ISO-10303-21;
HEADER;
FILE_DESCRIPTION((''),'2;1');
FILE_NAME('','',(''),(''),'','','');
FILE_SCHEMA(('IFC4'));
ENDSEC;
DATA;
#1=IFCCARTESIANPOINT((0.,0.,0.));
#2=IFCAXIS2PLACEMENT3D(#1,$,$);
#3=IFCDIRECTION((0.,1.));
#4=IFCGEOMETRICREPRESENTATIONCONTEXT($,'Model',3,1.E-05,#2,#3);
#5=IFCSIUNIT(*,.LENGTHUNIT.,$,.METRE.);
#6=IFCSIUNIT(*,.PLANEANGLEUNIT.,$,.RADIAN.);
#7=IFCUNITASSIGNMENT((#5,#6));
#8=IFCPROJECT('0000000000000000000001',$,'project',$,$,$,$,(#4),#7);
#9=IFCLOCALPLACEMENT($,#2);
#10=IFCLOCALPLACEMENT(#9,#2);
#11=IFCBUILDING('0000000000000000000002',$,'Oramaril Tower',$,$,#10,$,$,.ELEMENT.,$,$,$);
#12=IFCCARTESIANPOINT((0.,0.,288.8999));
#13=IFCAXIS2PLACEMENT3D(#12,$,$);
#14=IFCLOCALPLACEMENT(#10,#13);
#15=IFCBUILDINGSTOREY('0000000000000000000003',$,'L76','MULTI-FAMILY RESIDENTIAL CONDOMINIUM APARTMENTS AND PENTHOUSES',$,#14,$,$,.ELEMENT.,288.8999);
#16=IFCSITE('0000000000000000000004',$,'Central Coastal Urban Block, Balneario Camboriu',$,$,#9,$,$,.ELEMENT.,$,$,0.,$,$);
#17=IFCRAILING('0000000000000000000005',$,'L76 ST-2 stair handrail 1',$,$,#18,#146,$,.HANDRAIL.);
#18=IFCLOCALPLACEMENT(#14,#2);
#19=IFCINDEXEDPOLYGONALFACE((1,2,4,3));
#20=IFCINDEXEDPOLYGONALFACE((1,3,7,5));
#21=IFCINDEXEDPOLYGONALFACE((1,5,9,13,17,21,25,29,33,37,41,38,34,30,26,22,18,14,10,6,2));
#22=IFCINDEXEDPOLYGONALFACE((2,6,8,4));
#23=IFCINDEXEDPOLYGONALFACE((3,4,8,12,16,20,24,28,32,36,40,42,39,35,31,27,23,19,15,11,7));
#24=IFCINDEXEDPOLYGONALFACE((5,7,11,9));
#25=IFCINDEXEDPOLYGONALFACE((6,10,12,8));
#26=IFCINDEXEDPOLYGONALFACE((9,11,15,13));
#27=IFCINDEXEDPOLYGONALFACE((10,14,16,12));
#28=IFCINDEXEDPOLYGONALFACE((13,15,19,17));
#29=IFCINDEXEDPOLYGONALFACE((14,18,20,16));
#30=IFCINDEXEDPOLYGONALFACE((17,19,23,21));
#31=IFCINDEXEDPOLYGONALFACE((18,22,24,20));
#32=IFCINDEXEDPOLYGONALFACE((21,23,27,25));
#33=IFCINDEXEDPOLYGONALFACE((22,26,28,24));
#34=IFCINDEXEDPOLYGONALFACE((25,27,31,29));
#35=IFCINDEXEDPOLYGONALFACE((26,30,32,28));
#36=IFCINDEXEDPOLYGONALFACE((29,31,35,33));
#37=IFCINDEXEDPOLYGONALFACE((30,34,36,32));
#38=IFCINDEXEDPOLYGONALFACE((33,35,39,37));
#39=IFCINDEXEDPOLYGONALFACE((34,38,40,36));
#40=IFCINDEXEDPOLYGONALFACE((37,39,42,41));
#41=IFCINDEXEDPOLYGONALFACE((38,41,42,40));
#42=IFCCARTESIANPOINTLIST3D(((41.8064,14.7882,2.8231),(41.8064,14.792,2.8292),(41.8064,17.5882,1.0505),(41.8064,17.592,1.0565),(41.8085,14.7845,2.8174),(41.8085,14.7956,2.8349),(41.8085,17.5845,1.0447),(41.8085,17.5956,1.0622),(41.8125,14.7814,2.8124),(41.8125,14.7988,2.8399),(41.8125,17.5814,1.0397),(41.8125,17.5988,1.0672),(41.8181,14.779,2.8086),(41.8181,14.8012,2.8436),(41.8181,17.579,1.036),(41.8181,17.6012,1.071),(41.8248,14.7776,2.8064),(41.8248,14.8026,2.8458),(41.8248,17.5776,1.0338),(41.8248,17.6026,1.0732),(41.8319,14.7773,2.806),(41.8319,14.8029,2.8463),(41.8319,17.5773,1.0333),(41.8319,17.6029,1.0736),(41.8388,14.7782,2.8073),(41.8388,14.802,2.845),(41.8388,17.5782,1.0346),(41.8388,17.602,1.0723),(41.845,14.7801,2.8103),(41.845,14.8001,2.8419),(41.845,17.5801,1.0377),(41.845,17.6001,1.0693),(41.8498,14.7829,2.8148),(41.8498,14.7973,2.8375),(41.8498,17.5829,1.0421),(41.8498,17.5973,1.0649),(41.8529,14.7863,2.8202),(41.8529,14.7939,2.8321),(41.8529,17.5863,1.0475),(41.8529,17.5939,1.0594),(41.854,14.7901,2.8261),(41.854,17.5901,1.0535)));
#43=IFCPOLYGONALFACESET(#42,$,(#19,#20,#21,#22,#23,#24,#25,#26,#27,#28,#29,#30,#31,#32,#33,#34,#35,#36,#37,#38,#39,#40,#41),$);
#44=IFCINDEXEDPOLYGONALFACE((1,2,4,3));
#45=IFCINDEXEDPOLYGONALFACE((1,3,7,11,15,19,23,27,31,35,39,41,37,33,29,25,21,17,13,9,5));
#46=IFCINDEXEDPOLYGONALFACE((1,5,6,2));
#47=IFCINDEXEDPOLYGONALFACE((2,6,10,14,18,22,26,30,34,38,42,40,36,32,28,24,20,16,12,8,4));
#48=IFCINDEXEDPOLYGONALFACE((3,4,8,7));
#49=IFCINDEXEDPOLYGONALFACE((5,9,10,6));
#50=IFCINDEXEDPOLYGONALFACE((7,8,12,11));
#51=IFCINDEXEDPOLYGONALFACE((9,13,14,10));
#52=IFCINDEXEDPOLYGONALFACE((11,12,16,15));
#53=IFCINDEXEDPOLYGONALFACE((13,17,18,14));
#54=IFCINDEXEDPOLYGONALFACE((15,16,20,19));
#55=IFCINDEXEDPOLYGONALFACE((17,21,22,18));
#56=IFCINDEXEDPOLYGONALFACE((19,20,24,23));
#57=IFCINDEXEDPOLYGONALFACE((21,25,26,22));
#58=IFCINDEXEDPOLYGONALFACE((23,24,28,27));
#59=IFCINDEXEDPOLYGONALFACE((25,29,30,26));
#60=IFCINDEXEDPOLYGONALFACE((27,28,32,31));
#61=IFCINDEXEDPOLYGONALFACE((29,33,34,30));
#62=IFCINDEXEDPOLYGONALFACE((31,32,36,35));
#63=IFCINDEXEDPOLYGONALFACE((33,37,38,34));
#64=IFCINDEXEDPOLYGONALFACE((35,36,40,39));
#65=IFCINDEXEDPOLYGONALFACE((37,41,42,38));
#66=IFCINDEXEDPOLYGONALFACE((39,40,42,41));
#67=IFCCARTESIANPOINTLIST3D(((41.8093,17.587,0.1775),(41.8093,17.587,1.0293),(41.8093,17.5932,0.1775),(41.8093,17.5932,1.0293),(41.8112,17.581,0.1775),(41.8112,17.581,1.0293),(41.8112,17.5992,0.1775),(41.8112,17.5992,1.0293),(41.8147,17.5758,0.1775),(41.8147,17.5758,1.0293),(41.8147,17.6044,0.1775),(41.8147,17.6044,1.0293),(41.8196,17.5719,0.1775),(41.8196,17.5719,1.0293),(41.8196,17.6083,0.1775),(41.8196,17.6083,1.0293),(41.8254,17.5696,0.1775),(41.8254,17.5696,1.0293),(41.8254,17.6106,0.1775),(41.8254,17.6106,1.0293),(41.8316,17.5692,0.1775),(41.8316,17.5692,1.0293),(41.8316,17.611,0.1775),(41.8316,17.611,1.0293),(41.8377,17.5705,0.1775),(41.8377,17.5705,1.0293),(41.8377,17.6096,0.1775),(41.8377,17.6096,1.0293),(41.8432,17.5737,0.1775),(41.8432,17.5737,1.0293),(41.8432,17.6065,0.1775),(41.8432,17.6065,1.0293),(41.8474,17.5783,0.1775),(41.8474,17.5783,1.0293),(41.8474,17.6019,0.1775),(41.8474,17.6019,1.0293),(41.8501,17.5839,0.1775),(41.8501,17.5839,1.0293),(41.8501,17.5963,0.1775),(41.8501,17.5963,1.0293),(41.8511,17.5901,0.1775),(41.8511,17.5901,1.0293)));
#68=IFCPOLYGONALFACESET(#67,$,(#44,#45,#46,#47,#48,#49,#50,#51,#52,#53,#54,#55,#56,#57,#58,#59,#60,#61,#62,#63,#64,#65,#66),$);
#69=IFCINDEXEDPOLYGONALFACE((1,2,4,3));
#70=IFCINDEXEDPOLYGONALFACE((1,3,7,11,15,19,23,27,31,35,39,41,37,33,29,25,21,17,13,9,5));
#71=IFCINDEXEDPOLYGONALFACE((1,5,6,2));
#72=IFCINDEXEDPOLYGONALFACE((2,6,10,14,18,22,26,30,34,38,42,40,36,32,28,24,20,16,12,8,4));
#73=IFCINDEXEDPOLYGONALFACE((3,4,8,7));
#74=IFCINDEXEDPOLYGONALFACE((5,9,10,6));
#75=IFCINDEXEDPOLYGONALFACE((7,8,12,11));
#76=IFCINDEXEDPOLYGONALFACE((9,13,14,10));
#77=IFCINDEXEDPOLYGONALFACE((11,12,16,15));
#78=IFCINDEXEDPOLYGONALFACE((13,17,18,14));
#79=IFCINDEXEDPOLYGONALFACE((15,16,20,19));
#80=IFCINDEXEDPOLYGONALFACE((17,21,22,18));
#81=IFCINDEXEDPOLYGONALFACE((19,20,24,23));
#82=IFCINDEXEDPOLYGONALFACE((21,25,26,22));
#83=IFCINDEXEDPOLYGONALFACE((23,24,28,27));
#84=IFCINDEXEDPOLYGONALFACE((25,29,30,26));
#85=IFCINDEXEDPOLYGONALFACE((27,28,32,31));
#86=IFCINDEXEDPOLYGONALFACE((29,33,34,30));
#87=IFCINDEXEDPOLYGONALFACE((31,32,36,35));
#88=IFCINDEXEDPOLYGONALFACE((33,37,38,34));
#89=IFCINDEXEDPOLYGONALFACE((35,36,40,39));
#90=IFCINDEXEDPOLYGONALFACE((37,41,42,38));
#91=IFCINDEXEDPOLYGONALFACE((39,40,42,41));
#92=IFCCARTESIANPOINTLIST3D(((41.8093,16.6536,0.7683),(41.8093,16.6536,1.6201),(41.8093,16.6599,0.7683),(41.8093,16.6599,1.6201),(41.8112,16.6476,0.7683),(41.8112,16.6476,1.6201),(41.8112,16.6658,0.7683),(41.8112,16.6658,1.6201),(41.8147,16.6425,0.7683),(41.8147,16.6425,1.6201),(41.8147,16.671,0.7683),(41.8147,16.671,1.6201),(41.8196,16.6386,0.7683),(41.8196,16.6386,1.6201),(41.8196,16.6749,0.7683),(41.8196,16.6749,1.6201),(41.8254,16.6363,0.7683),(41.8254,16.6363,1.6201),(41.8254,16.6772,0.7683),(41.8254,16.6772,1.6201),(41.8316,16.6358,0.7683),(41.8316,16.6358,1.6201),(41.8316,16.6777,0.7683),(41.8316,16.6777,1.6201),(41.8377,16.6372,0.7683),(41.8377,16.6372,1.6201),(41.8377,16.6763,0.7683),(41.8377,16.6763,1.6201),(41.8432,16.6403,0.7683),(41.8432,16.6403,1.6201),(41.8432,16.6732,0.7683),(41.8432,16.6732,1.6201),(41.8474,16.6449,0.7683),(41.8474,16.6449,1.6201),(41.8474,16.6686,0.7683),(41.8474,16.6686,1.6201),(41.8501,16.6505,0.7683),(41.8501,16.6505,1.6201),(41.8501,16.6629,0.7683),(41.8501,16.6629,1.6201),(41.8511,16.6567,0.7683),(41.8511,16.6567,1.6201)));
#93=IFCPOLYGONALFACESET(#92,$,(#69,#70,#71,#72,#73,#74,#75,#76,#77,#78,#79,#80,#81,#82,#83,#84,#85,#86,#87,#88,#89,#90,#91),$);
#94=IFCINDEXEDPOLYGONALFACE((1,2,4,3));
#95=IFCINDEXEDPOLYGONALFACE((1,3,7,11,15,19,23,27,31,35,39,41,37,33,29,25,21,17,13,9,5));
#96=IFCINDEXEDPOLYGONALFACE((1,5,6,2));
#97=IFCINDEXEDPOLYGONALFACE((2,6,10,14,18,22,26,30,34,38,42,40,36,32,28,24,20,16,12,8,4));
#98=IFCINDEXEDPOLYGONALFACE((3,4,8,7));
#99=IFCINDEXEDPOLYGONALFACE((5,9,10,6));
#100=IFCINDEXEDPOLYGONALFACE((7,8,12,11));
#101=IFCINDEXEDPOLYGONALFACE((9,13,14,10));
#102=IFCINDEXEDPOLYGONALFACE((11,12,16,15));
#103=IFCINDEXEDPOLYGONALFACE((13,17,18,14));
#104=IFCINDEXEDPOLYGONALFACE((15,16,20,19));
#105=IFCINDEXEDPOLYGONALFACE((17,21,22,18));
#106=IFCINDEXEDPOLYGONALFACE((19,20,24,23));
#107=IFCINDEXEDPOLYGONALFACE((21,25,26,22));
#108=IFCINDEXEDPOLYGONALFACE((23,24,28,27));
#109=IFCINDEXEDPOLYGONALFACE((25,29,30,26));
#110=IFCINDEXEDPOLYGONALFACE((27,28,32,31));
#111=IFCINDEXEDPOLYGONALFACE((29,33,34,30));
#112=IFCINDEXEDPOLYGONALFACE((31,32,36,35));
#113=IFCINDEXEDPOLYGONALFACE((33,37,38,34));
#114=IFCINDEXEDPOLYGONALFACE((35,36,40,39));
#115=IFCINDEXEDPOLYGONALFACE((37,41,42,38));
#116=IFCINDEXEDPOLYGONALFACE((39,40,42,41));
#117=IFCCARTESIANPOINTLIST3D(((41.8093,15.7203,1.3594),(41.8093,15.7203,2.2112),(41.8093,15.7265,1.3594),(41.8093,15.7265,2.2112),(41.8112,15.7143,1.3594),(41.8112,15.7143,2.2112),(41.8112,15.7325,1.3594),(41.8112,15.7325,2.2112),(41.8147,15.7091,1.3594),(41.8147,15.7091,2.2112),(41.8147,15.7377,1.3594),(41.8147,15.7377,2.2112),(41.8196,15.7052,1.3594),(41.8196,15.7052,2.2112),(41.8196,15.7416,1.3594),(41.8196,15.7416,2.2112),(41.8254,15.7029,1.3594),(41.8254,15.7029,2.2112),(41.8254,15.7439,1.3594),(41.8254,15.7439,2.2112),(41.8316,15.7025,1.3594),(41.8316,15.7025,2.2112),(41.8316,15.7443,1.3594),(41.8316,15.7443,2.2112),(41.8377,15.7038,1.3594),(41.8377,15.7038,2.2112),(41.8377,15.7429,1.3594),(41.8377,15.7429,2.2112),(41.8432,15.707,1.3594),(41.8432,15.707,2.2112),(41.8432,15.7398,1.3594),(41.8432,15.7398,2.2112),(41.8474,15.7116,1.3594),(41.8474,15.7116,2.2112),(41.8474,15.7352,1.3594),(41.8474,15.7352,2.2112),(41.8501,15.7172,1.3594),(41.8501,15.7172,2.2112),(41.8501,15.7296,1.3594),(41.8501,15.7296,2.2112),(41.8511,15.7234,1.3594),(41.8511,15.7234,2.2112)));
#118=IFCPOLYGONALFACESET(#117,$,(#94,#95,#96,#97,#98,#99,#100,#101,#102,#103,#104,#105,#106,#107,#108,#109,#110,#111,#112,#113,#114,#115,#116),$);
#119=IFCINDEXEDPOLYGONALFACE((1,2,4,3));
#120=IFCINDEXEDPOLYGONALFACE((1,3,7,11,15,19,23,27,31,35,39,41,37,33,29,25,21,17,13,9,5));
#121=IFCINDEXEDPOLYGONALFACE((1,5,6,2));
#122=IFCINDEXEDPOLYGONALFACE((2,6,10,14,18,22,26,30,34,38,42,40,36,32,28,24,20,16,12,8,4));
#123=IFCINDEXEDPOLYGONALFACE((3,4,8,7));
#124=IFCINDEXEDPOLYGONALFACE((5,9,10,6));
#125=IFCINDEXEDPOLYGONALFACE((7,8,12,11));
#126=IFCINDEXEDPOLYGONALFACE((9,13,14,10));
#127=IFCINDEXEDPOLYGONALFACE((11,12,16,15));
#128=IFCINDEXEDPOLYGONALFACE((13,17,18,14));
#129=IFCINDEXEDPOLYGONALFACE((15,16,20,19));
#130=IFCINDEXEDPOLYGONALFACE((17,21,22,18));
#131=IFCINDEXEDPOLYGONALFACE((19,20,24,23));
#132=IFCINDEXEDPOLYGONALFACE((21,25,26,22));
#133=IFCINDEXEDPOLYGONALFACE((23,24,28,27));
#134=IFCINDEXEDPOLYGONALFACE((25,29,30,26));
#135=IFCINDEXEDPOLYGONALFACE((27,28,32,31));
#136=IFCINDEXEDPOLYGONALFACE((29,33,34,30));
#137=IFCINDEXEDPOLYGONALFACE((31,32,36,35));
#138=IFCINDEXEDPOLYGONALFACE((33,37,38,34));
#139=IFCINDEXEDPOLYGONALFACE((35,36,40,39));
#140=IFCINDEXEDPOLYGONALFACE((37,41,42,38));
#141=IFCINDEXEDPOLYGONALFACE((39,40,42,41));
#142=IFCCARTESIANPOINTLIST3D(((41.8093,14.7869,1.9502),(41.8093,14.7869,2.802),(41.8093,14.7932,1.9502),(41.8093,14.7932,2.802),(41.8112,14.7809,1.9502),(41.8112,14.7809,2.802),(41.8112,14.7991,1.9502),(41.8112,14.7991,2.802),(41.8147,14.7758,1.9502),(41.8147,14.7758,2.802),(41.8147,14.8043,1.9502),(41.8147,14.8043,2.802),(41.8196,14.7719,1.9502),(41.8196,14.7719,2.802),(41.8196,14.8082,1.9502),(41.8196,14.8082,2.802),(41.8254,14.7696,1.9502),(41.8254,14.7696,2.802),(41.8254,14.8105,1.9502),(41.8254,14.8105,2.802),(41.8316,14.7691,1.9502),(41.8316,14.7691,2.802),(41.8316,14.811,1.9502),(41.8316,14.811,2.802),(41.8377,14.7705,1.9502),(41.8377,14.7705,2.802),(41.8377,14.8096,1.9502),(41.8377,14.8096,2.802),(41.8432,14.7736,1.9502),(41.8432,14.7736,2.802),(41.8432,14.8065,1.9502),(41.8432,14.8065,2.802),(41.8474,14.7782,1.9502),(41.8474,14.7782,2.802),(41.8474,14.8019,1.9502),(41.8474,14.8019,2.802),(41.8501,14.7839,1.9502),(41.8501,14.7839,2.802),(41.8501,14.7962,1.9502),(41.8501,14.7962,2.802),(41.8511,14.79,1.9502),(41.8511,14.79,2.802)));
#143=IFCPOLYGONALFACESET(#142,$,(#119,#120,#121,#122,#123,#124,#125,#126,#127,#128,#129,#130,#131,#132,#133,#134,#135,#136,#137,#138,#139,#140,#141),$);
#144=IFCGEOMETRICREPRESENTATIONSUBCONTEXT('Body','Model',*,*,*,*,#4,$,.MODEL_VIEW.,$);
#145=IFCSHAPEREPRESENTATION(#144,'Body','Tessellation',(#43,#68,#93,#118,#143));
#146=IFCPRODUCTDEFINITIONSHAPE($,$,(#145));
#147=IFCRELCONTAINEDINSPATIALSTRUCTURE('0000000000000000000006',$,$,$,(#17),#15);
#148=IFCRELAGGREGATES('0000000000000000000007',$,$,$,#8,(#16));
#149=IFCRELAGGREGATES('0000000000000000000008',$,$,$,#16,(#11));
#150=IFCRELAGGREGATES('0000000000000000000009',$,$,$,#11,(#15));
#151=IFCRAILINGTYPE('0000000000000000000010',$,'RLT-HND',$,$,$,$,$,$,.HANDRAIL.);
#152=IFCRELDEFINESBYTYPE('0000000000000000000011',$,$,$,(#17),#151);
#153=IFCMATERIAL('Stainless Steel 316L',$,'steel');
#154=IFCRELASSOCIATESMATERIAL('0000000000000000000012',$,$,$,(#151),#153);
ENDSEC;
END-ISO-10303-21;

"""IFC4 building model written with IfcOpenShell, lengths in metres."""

from ifc_helpers import new_model, si_unit, direction, frame, origin, origin_2d, place, context, subcontext, project, spatial, circle, extrude, material, type_object, element, save


model = new_model("IFC4")

# Units and contexts
model_context = context("Model", 3, precision=1e-05, world=origin(), true_north=direction((0.0, 1.0)))
body_context = subcontext(model_context, "Body", "Model", "MODEL_VIEW")
ifc_project = project(units=[si_unit("LENGTHUNIT", "METRE"), si_unit("PLANEANGLEUNIT", "RADIAN")], contexts=[model_context])

# Site, building, storey
site_placement = place(None, origin())
site = spatial("IfcSite", under=ifc_project, at=site_placement, Name="Central Coastal Urban Block, Balneario Camboriu", CompositionType="ELEMENT", RefElevation=0.0)
building_placement = place(site_placement, origin())
building = spatial("IfcBuilding", under=site, at=building_placement, Name="Oramaril Tower", CompositionType="ELEMENT")
storey_placement = place(building_placement, frame((0.0, 0.0, 288.8999)))
storey = spatial("IfcBuildingStorey", under=building, at=storey_placement, Name="L76", Description="MULTI-FAMILY RESIDENTIAL CONDOMINIUM APARTMENTS AND PENTHOUSES", CompositionType="ELEMENT", Elevation=288.8999)

# Railing
ifc_material_1 = material(Name="Stainless Steel 316L", Category="steel")
railing_type_1 = type_object("IfcRailingType", Name="RLT-HND", PredefinedType="HANDRAIL", material=ifc_material_1)
railing_1_placement = place(storey_placement, frame((41.8301, 17.5901, 0.1775)))
element("IfcRailing", 1, at=railing_1_placement, inside=storey, type_object=railing_type_1, Name="L76 ST-2 stair handrail 1", PredefinedType="HANDRAIL", context=body_context, shape_type="SweptSolid", body=[
    extrude(circle(Radius=0.0239, at=origin_2d()), frame((0.0, 0.0, 0.876), z_axis=(0.0, -0.844909, 0.53491), x_axis=(1.0, 0.0, 0.0)), (0.0, 0.0, 1.0), 3.314),
    extrude(circle(Radius=0.021, at=origin_2d()), origin(), (0.0, 0.0, 1.0), 0.8518),
    extrude(circle(Radius=0.021, at=origin_2d()), frame((0.0, -0.9333, 0.5908)), (0.0, 0.0, 1.0), 0.8518),
    extrude(circle(Radius=0.021, at=origin_2d()), frame((0.0, -1.8667, 1.1819)), (0.0, 0.0, 1.0), 0.8518),
    extrude(circle(Radius=0.021, at=origin_2d()), frame((0.0, -2.8, 1.7727)), (0.0, 0.0, 1.0), 0.8518),
])

save(model, "model.ifc")
